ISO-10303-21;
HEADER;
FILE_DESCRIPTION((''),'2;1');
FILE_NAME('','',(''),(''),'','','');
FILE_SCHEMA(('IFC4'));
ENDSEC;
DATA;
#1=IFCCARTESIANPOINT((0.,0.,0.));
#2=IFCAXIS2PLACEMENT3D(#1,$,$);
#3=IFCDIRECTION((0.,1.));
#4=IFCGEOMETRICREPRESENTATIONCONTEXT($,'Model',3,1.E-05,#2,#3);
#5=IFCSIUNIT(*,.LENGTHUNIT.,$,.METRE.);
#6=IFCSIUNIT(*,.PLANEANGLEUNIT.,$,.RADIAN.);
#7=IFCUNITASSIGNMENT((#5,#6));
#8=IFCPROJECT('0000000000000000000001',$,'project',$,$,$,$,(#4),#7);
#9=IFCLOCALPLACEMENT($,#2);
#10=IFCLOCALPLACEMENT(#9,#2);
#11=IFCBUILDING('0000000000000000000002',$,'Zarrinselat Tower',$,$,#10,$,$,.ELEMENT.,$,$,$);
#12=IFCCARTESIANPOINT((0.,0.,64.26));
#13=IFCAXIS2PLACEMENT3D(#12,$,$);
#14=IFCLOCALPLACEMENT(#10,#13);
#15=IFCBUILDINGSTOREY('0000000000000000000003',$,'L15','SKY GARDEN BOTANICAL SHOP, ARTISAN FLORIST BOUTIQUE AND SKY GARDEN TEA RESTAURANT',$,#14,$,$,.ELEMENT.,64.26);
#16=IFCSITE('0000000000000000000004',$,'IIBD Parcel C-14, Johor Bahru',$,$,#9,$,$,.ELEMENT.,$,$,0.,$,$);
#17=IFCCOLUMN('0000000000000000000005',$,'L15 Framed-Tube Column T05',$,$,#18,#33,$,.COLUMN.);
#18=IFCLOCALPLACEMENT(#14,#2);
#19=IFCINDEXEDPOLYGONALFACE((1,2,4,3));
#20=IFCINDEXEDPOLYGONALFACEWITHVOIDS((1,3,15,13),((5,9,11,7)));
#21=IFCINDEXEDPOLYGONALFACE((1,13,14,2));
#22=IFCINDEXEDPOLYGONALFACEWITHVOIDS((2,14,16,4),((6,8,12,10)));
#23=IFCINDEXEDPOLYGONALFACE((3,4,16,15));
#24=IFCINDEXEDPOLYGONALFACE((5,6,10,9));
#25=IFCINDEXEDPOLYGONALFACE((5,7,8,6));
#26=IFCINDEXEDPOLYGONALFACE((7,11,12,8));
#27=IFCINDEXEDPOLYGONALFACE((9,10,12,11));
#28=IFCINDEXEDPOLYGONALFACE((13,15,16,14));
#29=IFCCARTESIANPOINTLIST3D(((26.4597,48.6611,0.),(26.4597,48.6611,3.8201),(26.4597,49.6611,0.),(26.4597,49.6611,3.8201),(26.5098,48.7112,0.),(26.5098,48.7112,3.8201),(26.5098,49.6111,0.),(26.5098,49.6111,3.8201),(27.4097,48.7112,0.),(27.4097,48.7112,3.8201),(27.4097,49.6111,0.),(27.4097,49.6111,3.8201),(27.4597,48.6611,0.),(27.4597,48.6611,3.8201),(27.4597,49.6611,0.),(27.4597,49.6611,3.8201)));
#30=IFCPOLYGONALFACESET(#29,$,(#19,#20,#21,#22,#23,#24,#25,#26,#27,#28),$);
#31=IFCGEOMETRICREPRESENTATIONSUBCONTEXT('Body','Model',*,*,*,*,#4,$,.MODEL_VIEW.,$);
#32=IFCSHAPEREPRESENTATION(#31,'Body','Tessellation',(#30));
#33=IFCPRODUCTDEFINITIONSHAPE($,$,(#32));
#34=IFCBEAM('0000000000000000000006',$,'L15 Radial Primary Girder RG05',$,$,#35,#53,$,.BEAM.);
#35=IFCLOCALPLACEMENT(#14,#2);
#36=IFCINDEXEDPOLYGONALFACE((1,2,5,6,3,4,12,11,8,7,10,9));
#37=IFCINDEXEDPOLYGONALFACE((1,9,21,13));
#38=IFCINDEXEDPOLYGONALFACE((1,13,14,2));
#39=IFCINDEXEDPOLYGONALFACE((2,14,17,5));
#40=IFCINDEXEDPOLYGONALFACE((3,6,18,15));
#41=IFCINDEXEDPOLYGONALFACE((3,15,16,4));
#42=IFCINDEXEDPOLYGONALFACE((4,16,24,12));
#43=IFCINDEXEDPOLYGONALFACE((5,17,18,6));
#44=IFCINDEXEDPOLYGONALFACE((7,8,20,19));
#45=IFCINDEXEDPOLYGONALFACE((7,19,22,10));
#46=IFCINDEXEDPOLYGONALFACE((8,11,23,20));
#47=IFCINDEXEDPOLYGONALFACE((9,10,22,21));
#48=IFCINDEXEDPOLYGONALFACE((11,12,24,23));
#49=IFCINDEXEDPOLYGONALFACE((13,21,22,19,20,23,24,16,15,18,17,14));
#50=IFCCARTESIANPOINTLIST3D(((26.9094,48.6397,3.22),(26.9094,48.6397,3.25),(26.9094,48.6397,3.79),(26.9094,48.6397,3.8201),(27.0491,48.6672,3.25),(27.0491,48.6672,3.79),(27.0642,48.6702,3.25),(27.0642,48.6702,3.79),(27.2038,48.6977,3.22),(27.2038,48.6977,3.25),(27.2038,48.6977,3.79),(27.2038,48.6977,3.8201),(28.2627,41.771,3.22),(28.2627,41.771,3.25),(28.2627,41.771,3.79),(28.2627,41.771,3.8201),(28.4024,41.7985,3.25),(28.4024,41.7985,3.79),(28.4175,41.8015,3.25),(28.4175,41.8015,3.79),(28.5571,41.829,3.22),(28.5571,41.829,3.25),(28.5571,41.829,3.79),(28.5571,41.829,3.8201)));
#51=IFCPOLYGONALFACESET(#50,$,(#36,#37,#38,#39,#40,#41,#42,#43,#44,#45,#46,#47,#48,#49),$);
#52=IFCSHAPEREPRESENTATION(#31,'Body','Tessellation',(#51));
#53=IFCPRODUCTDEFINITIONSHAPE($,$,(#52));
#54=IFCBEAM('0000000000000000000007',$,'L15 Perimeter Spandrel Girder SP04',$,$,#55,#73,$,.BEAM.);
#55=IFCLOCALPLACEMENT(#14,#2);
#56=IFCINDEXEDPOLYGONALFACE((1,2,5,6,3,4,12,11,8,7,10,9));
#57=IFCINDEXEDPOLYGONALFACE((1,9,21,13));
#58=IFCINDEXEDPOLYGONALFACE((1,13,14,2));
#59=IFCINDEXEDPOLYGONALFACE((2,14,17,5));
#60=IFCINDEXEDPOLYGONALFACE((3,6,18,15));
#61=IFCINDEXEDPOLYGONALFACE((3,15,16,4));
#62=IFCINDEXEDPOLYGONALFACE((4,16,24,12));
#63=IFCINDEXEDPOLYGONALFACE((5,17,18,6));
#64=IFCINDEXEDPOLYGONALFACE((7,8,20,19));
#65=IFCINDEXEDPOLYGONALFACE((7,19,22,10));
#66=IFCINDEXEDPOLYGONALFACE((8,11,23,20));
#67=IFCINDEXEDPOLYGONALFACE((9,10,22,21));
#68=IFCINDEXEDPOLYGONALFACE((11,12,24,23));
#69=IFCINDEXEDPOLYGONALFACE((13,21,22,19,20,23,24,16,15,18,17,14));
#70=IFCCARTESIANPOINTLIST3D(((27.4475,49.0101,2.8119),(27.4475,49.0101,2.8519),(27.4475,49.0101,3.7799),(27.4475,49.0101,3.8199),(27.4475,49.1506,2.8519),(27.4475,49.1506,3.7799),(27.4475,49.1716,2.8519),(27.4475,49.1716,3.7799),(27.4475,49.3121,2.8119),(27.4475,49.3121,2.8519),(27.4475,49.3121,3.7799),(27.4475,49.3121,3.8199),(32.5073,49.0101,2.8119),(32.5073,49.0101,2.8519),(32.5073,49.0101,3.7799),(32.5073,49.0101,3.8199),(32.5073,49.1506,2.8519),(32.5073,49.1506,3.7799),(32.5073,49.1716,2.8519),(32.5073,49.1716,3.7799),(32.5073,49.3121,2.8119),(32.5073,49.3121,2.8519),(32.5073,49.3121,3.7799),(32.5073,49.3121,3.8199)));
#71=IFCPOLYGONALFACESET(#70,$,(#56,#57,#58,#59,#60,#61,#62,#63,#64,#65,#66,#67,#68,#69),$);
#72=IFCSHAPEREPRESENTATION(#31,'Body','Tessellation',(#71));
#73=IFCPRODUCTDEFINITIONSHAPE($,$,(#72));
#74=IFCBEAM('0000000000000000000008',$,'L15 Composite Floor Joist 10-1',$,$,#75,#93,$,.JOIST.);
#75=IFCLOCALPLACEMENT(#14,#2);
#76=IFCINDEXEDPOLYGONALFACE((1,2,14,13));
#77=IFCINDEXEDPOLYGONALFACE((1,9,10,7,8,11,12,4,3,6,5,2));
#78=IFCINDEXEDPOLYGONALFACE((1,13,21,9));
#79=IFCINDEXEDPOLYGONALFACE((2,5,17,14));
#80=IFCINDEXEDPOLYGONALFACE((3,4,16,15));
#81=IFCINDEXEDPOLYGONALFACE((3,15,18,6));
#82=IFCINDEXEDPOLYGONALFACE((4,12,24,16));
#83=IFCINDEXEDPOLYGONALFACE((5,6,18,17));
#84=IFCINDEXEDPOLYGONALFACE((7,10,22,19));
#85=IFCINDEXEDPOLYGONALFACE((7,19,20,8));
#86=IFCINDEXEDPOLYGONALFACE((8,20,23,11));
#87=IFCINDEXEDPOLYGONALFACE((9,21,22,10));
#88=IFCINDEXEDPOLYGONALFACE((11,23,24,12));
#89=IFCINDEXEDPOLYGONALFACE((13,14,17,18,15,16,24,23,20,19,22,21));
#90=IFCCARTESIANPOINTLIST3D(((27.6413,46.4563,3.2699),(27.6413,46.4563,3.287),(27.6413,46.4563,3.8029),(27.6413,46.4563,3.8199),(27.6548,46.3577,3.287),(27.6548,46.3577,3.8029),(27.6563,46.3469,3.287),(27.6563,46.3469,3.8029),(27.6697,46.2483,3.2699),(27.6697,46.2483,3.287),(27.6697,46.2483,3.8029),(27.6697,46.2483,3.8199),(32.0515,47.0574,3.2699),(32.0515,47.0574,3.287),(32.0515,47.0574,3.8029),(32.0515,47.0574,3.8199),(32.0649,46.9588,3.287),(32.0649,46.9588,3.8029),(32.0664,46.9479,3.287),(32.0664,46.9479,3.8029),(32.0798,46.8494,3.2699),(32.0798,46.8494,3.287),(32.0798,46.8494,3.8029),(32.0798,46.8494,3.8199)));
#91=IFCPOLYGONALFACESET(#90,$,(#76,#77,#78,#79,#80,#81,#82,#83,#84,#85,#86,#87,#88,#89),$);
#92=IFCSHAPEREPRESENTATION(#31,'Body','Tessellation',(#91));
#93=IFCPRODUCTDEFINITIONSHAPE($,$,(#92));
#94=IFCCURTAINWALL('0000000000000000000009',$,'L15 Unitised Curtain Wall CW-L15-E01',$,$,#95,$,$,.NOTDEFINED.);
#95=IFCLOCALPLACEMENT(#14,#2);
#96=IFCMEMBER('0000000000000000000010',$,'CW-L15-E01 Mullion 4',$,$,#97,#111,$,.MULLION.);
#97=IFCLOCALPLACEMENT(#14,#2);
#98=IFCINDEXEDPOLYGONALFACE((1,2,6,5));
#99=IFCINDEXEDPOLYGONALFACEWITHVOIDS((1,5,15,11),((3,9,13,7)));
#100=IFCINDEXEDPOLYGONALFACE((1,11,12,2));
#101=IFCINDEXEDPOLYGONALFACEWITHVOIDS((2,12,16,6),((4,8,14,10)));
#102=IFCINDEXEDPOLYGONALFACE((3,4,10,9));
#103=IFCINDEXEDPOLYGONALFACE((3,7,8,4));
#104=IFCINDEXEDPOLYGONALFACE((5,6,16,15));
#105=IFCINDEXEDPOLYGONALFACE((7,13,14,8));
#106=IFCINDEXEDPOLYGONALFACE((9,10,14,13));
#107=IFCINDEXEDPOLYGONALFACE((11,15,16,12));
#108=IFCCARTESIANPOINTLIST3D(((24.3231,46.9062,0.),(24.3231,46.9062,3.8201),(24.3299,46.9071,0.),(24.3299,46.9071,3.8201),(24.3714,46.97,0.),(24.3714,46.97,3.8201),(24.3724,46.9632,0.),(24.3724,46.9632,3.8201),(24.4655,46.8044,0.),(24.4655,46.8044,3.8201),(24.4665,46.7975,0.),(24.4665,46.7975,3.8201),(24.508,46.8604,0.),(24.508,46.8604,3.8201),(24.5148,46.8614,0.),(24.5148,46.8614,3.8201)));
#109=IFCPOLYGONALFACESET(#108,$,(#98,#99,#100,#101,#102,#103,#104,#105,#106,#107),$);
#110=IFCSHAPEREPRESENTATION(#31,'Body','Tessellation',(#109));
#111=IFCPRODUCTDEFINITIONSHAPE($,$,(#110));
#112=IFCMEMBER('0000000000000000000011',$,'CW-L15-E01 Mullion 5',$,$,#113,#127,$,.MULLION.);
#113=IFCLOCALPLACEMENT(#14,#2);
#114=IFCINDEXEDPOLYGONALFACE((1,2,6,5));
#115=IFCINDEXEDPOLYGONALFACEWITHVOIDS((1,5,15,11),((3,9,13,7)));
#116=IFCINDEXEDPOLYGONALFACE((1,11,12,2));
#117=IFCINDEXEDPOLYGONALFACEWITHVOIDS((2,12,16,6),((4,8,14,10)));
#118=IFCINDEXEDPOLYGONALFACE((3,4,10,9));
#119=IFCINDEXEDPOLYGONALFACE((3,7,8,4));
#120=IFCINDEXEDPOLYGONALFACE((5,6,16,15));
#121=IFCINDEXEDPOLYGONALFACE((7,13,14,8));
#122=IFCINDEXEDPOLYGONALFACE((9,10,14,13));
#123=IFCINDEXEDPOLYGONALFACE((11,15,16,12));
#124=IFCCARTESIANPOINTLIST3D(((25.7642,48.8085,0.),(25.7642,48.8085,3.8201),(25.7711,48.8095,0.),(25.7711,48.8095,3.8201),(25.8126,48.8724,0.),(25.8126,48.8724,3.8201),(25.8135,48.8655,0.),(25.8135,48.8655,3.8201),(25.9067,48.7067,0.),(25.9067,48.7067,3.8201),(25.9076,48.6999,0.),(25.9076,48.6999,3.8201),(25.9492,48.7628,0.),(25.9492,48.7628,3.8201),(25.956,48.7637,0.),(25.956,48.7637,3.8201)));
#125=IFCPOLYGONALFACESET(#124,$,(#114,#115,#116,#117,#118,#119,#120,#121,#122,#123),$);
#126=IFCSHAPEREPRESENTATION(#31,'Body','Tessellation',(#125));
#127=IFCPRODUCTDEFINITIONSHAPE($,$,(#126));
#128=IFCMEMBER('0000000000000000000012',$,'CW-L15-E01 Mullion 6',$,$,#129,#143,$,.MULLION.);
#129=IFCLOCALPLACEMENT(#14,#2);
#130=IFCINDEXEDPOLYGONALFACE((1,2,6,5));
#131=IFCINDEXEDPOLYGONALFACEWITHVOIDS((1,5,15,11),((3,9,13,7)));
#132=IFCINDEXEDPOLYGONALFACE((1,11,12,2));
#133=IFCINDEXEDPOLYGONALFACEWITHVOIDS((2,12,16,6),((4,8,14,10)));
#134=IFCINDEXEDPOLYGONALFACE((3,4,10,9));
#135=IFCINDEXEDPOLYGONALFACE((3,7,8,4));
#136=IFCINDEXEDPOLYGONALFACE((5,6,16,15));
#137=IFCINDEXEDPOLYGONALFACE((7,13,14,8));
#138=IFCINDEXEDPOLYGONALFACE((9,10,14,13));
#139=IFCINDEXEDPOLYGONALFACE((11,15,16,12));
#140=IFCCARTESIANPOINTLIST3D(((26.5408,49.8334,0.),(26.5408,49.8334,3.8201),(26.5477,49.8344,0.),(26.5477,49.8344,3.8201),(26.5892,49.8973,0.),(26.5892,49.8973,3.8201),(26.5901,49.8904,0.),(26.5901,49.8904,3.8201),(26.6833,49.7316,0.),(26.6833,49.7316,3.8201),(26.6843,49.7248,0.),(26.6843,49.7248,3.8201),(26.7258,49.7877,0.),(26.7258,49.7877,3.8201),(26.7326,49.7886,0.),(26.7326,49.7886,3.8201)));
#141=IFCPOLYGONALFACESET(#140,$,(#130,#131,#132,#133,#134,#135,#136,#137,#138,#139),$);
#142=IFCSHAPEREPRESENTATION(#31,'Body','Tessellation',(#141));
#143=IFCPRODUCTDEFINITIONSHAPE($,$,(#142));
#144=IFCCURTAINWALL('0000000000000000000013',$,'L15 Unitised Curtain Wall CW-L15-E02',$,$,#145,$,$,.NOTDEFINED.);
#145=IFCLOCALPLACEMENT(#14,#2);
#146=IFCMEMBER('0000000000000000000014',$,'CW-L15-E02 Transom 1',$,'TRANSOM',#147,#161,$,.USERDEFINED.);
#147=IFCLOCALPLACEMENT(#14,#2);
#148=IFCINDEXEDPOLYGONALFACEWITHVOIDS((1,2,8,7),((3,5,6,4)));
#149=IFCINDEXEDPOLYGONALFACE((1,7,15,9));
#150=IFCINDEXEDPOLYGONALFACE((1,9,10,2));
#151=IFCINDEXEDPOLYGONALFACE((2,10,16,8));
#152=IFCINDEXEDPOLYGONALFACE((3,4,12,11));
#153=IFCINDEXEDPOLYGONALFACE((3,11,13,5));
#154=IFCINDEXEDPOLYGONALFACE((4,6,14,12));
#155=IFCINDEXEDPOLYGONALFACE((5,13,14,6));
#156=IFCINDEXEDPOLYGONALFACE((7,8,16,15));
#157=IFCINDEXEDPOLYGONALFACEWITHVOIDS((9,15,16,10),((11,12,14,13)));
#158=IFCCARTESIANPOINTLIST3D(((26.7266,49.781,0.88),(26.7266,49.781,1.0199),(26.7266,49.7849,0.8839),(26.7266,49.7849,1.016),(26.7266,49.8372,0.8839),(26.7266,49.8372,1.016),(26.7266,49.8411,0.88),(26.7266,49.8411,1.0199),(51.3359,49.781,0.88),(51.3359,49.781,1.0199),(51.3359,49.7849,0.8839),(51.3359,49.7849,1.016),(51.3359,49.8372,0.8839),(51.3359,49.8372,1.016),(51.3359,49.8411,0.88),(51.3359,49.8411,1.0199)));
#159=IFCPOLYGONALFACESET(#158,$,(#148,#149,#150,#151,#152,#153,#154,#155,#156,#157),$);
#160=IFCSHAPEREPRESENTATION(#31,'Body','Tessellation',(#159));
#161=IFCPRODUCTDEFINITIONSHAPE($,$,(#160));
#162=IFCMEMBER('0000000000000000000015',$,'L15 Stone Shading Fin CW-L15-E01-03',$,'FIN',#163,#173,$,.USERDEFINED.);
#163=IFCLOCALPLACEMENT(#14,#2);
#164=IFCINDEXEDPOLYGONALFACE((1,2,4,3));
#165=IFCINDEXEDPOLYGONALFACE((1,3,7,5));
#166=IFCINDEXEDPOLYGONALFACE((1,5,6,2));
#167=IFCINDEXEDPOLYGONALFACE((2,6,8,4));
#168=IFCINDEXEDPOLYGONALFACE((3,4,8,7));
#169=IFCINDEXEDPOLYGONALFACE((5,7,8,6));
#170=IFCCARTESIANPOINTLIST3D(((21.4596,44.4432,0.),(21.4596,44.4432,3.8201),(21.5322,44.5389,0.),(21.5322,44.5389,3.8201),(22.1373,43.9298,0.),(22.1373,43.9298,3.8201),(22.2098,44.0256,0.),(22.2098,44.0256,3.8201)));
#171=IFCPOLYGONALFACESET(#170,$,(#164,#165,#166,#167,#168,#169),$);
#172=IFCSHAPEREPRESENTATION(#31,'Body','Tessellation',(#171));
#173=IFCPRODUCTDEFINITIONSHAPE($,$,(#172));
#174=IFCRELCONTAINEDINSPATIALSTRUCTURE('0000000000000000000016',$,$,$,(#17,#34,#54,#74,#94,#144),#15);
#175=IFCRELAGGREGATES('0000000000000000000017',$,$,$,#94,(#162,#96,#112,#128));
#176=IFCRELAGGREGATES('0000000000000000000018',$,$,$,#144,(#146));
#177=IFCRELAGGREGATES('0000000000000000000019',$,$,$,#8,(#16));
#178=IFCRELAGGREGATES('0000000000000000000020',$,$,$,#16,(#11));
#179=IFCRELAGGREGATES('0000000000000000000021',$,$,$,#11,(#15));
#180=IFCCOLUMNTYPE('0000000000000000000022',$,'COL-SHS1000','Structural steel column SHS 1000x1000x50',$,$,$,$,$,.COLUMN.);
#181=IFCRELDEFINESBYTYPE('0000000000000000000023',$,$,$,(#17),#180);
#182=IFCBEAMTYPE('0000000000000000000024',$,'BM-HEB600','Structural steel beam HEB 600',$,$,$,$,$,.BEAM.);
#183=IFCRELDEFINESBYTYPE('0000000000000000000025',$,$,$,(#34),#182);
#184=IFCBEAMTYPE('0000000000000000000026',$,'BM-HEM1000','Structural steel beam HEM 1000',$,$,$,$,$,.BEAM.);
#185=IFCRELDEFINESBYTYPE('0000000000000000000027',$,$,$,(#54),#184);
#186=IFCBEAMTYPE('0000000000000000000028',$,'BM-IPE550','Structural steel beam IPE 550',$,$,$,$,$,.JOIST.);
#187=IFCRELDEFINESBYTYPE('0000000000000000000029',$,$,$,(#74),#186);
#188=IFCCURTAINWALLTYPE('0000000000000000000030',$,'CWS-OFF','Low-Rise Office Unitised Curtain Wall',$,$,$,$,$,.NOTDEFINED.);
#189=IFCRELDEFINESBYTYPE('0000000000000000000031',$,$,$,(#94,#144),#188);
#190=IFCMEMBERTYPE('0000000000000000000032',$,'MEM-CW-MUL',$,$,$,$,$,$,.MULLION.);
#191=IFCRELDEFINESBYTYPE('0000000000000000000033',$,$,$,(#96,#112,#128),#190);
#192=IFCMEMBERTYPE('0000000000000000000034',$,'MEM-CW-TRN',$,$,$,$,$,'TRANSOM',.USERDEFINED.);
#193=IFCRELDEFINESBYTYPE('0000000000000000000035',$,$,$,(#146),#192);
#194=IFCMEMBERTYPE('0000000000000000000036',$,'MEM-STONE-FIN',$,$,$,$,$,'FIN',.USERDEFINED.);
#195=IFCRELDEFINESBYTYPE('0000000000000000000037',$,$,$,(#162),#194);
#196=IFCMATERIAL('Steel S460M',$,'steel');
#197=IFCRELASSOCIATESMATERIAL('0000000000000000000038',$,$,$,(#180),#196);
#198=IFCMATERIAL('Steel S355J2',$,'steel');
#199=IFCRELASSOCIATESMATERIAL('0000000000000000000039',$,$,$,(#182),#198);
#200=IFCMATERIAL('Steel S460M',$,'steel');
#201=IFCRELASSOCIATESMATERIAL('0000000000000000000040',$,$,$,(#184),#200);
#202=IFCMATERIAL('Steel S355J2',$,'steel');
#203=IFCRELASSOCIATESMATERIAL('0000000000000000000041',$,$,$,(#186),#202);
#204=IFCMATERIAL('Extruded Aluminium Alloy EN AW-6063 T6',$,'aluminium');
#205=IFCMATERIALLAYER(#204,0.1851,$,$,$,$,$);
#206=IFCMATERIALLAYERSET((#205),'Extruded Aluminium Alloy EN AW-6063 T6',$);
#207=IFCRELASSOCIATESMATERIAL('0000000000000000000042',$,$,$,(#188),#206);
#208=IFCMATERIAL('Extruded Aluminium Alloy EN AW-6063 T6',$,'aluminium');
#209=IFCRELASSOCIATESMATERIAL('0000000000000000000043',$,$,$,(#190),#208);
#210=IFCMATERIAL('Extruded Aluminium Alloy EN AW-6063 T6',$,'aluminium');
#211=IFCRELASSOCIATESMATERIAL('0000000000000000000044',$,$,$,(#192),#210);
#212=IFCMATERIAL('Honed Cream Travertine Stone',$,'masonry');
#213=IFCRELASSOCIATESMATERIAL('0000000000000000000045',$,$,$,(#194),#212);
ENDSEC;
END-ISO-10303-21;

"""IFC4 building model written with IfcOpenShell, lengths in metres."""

from ifc_helpers import new_model, si_unit, direction, frame, origin, origin_2d, place, context, subcontext, project, spatial, rectangle, hollow_rectangle, i_section, extrude, material, layer, layer_set, material_profile, profile_set, type_object, element, aggregate, save


model = new_model("IFC4")

# Units and contexts
model_context = context("Model", 3, precision=1e-05, world=origin(), true_north=direction((0.0, 1.0)))
body_context = subcontext(model_context, "Body", "Model", "MODEL_VIEW")
ifc_project = project(units=[si_unit("LENGTHUNIT", "METRE"), si_unit("PLANEANGLEUNIT", "RADIAN")], contexts=[model_context])

# Site, building, storey
site_placement = place(None, origin())
site = spatial("IfcSite", under=ifc_project, at=site_placement, Name="IIBD Parcel C-14, Johor Bahru", CompositionType="ELEMENT", RefElevation=0.0)
building_placement = place(site_placement, origin())
building = spatial("IfcBuilding", under=site, at=building_placement, Name="Zarrinselat Tower", CompositionType="ELEMENT")
storey_placement = place(building_placement, frame((0.0, 0.0, 64.26)))
storey = spatial("IfcBuildingStorey", under=building, at=storey_placement, Name="L15", Description="SKY GARDEN BOTANICAL SHOP, ARTISAN FLORIST BOUTIQUE AND SKY GARDEN TEA RESTAURANT", CompositionType="ELEMENT", Elevation=64.26)

# Column
ifc_material_1 = material(Name="Steel S460M", Category="steel")
ifc_material_profile_1 = material_profile(ifc_material_1, hollow_rectangle(XDim=1.0, YDim=1.0, WallThickness=0.05, at=origin_2d()), Name="SHS 1000x1000x50")
ifc_profile_set_1 = profile_set([ifc_material_profile_1], Name="Steel S460M")
column_type = type_object("IfcColumnType", Name="COL-SHS1000", Description="Structural steel column SHS 1000x1000x50", PredefinedType="COLUMN", material=ifc_profile_set_1)
column_placement = place(storey_placement, frame((26.9597, 49.1611, 0.0), z_axis=(0.0, 0.0, 1.0), x_axis=(1.0, 0.0, 0.0)))
element("IfcColumn", 1, at=column_placement, inside=storey, type_object=column_type, Name="L15 Framed-Tube Column T05", PredefinedType="COLUMN", context=body_context, shape_type="SweptSolid", body=[
    extrude(hollow_rectangle(XDim=1.0, YDim=1.0, WallThickness=0.05, at=origin_2d()), origin(), (0.0, 0.0, 1.0), 3.8201),
])

# Beams
ifc_material_2 = material(Name="Steel S355J2", Category="steel")
ifc_material_profile_2 = material_profile(ifc_material_2, i_section(OverallWidth=0.3, OverallDepth=0.6001, WebThickness=0.0154, FlangeThickness=0.03, at=origin_2d()), Name="HEB 600")
ifc_profile_set_2 = profile_set([ifc_material_profile_2], Name="Steel S355J2")
beam_type_1 = type_object("IfcBeamType", Name="BM-HEB600", Description="Structural steel beam HEB 600", PredefinedType="BEAM", material=ifc_profile_set_2)
beam_1_placement = place(storey_placement, frame((27.0566, 48.6687, 3.52), z_axis=(0.193305, -0.981139, 0.0), x_axis=(0.981139, 0.193305, 0.0)))
element("IfcBeam", 2, at=beam_1_placement, inside=storey, type_object=beam_type_1, Name="L15 Radial Primary Girder RG05", PredefinedType="BEAM", context=body_context, shape_type="SweptSolid", body=[
    extrude(i_section(OverallWidth=0.3, OverallDepth=0.6001, WebThickness=0.0154, FlangeThickness=0.03, at=origin_2d()), origin(), (0.0, 0.0, 1.0), 7.0007),
])
ifc_material_3 = material(Name="Steel S460M", Category="steel")
ifc_material_profile_3 = material_profile(ifc_material_3, i_section(OverallWidth=0.302, OverallDepth=1.0081, WebThickness=0.021, FlangeThickness=0.04, at=origin_2d()), Name="HEM 1000")
ifc_profile_set_3 = profile_set([ifc_material_profile_3], Name="Steel S460M")
beam_type_2 = type_object("IfcBeamType", Name="BM-HEM1000", Description="Structural steel beam HEM 1000", PredefinedType="BEAM", material=ifc_profile_set_3)
beam_2_placement = place(storey_placement, frame((27.4475, 49.1611, 3.3159), z_axis=(1.0, 0.0, 0.0), x_axis=(0.0, 1.0, 0.0)))
element("IfcBeam", 3, at=beam_2_placement, inside=storey, type_object=beam_type_2, Name="L15 Perimeter Spandrel Girder SP04", PredefinedType="BEAM", context=body_context, shape_type="SweptSolid", body=[
    extrude(i_section(OverallWidth=0.302, OverallDepth=1.0081, WebThickness=0.021, FlangeThickness=0.04, at=origin_2d()), origin(), (0.0, 0.0, 1.0), 5.0598),
])
ifc_material_4 = material(Name="Steel S355J2", Category="steel")
ifc_material_profile_4 = material_profile(ifc_material_4, i_section(OverallWidth=0.21, OverallDepth=0.55, WebThickness=0.011, FlangeThickness=0.0171, at=origin_2d()), Name="IPE 550")
ifc_profile_set_4 = profile_set([ifc_material_profile_4], Name="Steel S355J2")
beam_type_3 = type_object("IfcBeamType", Name="BM-IPE550", Description="Structural steel beam IPE 550", PredefinedType="JOIST", material=ifc_profile_set_4)
beam_3_placement = place(storey_placement, frame((27.6555, 46.3523, 3.5449), z_axis=(0.99084, 0.135045, 0.0), x_axis=(-0.135045, 0.99084, 0.0)))
element("IfcBeam", 4, at=beam_3_placement, inside=storey, type_object=beam_type_3, Name="L15 Composite Floor Joist 10-1", PredefinedType="JOIST", context=body_context, shape_type="SweptSolid", body=[
    extrude(i_section(OverallWidth=0.21, OverallDepth=0.55, WebThickness=0.011, FlangeThickness=0.0171, at=origin_2d()), origin(), (0.0, 0.0, 1.0), 4.4509),
])

# Curtain wall, members
ifc_material_5 = material(Name="Extruded Aluminium Alloy EN AW-6063 T6", Category="aluminium")
ifc_layer_1 = layer(ifc_material_5, 0.1851)
ifc_layer_set_1 = layer_set([ifc_layer_1], Name="Extruded Aluminium Alloy EN AW-6063 T6")
curtain_wall_type = type_object("IfcCurtainWallType", Name="CWS-OFF", Description="Low-Rise Office Unitised Curtain Wall", PredefinedType="NOTDEFINED", material=ifc_layer_set_1)
curtain_wall_1_placement = place(storey_placement, origin())
curtain_wall_1 = element("IfcCurtainWall", 5, at=curtain_wall_1_placement, inside=storey, type_object=curtain_wall_type, Name="L15 Unitised Curtain Wall CW-L15-E01", PredefinedType="NOTDEFINED")
ifc_material_6 = material(Name="Extruded Aluminium Alloy EN AW-6063 T6", Category="aluminium")
ifc_material_profile_5 = material_profile(ifc_material_6, hollow_rectangle(XDim=0.0801, YDim=0.1799, WallThickness=0.0049, at=origin_2d()), Name="RHS 180x80x5")
ifc_profile_set_5 = profile_set([ifc_material_profile_5], Name="Extruded Aluminium Alloy EN AW-6063 T6")
member_type_1 = type_object("IfcMemberType", Name="MEM-CW-MUL", PredefinedType="MULLION", material=ifc_profile_set_5)
member_1_placement = place(storey_placement, frame((24.4189, 46.8838, 0.0), z_axis=(0.0, 0.0, 1.0), x_axis=(0.603857, 0.797093, 0.0)))
member_1 = element("IfcMember", 6, at=member_1_placement, type_object=member_type_1, Name="CW-L15-E01 Mullion 4", PredefinedType="MULLION", context=body_context, shape_type="SweptSolid", body=[
    extrude(hollow_rectangle(XDim=0.0801, YDim=0.1799, WallThickness=0.0049, at=origin_2d()), origin(), (0.0, 0.0, 1.0), 3.8201),
])
member_2_placement = place(storey_placement, frame((25.8601, 48.7861, 0.0), z_axis=(0.0, 0.0, 1.0), x_axis=(0.603857, 0.797093, 0.0)))
member_2 = element("IfcMember", 7, at=member_2_placement, type_object=member_type_1, Name="CW-L15-E01 Mullion 5", PredefinedType="MULLION", context=body_context, shape_type="SweptSolid", body=[
    extrude(hollow_rectangle(XDim=0.0801, YDim=0.1799, WallThickness=0.0049, at=origin_2d()), origin(), (0.0, 0.0, 1.0), 3.8201),
])
member_3_placement = place(storey_placement, frame((26.6367, 49.811, 0.0), z_axis=(0.0, 0.0, 1.0), x_axis=(0.603857, 0.797093, 0.0)))
member_3 = element("IfcMember", 8, at=member_3_placement, type_object=member_type_1, Name="CW-L15-E01 Mullion 6", PredefinedType="MULLION", context=body_context, shape_type="SweptSolid", body=[
    extrude(hollow_rectangle(XDim=0.0801, YDim=0.1799, WallThickness=0.0049, at=origin_2d()), origin(), (0.0, 0.0, 1.0), 3.8201),
])

# Curtain wall, member
curtain_wall_2_placement = place(storey_placement, origin())
curtain_wall_2 = element("IfcCurtainWall", 9, at=curtain_wall_2_placement, inside=storey, type_object=curtain_wall_type, Name="L15 Unitised Curtain Wall CW-L15-E02", PredefinedType="NOTDEFINED")
ifc_material_7 = material(Name="Extruded Aluminium Alloy EN AW-6063 T6", Category="aluminium")
ifc_material_profile_6 = material_profile(ifc_material_7, hollow_rectangle(XDim=0.0601, YDim=0.1399, WallThickness=0.0039, at=origin_2d()), Name="RHS 140x60x4")
ifc_profile_set_6 = profile_set([ifc_material_profile_6], Name="Extruded Aluminium Alloy EN AW-6063 T6")
member_type_2 = type_object("IfcMemberType", Name="MEM-CW-TRN", ElementType="TRANSOM", PredefinedType="USERDEFINED", material=ifc_profile_set_6)
member_4_placement = place(storey_placement, frame((26.7266, 49.811, 0.95), z_axis=(1.0, 0.0, 0.0), x_axis=(0.0, 1.0, 0.0)))
member_4 = element("IfcMember", 10, at=member_4_placement, type_object=member_type_2, Name="CW-L15-E02 Transom 1", ObjectType="TRANSOM", PredefinedType="USERDEFINED", context=body_context, shape_type="SweptSolid", body=[
    extrude(hollow_rectangle(XDim=0.0601, YDim=0.1399, WallThickness=0.0039, at=origin_2d()), origin(), (0.0, 0.0, 1.0), 24.6094),
])

# Member
ifc_material_8 = material(Name="Honed Cream Travertine Stone", Category="masonry")
ifc_material_profile_7 = material_profile(ifc_material_8, rectangle(XDim=0.1201, YDim=0.8501, at=origin_2d()), Name="FIN 850x120")
ifc_profile_set_7 = profile_set([ifc_material_profile_7], Name="Honed Cream Travertine Stone")
member_type_3 = type_object("IfcMemberType", Name="MEM-STONE-FIN", ElementType="FIN", PredefinedType="USERDEFINED", material=ifc_profile_set_7)
member_5_placement = place(storey_placement, frame((21.8347, 44.2344, 0.0), z_axis=(0.0, 0.0, 1.0), x_axis=(0.603857, 0.797093, 0.0)))
member_5 = element("IfcMember", 11, at=member_5_placement, type_object=member_type_3, Name="L15 Stone Shading Fin CW-L15-E01-03", ObjectType="FIN", PredefinedType="USERDEFINED", context=body_context, shape_type="SweptSolid", body=[
    extrude(rectangle(XDim=0.1201, YDim=0.8501, at=origin_2d()), origin(), (0.0, 0.0, 1.0), 3.8201),
])

aggregate(curtain_wall_1, [member_5, member_1, member_2, member_3])
aggregate(curtain_wall_2, [member_4])

save(model, "model.ifc")
